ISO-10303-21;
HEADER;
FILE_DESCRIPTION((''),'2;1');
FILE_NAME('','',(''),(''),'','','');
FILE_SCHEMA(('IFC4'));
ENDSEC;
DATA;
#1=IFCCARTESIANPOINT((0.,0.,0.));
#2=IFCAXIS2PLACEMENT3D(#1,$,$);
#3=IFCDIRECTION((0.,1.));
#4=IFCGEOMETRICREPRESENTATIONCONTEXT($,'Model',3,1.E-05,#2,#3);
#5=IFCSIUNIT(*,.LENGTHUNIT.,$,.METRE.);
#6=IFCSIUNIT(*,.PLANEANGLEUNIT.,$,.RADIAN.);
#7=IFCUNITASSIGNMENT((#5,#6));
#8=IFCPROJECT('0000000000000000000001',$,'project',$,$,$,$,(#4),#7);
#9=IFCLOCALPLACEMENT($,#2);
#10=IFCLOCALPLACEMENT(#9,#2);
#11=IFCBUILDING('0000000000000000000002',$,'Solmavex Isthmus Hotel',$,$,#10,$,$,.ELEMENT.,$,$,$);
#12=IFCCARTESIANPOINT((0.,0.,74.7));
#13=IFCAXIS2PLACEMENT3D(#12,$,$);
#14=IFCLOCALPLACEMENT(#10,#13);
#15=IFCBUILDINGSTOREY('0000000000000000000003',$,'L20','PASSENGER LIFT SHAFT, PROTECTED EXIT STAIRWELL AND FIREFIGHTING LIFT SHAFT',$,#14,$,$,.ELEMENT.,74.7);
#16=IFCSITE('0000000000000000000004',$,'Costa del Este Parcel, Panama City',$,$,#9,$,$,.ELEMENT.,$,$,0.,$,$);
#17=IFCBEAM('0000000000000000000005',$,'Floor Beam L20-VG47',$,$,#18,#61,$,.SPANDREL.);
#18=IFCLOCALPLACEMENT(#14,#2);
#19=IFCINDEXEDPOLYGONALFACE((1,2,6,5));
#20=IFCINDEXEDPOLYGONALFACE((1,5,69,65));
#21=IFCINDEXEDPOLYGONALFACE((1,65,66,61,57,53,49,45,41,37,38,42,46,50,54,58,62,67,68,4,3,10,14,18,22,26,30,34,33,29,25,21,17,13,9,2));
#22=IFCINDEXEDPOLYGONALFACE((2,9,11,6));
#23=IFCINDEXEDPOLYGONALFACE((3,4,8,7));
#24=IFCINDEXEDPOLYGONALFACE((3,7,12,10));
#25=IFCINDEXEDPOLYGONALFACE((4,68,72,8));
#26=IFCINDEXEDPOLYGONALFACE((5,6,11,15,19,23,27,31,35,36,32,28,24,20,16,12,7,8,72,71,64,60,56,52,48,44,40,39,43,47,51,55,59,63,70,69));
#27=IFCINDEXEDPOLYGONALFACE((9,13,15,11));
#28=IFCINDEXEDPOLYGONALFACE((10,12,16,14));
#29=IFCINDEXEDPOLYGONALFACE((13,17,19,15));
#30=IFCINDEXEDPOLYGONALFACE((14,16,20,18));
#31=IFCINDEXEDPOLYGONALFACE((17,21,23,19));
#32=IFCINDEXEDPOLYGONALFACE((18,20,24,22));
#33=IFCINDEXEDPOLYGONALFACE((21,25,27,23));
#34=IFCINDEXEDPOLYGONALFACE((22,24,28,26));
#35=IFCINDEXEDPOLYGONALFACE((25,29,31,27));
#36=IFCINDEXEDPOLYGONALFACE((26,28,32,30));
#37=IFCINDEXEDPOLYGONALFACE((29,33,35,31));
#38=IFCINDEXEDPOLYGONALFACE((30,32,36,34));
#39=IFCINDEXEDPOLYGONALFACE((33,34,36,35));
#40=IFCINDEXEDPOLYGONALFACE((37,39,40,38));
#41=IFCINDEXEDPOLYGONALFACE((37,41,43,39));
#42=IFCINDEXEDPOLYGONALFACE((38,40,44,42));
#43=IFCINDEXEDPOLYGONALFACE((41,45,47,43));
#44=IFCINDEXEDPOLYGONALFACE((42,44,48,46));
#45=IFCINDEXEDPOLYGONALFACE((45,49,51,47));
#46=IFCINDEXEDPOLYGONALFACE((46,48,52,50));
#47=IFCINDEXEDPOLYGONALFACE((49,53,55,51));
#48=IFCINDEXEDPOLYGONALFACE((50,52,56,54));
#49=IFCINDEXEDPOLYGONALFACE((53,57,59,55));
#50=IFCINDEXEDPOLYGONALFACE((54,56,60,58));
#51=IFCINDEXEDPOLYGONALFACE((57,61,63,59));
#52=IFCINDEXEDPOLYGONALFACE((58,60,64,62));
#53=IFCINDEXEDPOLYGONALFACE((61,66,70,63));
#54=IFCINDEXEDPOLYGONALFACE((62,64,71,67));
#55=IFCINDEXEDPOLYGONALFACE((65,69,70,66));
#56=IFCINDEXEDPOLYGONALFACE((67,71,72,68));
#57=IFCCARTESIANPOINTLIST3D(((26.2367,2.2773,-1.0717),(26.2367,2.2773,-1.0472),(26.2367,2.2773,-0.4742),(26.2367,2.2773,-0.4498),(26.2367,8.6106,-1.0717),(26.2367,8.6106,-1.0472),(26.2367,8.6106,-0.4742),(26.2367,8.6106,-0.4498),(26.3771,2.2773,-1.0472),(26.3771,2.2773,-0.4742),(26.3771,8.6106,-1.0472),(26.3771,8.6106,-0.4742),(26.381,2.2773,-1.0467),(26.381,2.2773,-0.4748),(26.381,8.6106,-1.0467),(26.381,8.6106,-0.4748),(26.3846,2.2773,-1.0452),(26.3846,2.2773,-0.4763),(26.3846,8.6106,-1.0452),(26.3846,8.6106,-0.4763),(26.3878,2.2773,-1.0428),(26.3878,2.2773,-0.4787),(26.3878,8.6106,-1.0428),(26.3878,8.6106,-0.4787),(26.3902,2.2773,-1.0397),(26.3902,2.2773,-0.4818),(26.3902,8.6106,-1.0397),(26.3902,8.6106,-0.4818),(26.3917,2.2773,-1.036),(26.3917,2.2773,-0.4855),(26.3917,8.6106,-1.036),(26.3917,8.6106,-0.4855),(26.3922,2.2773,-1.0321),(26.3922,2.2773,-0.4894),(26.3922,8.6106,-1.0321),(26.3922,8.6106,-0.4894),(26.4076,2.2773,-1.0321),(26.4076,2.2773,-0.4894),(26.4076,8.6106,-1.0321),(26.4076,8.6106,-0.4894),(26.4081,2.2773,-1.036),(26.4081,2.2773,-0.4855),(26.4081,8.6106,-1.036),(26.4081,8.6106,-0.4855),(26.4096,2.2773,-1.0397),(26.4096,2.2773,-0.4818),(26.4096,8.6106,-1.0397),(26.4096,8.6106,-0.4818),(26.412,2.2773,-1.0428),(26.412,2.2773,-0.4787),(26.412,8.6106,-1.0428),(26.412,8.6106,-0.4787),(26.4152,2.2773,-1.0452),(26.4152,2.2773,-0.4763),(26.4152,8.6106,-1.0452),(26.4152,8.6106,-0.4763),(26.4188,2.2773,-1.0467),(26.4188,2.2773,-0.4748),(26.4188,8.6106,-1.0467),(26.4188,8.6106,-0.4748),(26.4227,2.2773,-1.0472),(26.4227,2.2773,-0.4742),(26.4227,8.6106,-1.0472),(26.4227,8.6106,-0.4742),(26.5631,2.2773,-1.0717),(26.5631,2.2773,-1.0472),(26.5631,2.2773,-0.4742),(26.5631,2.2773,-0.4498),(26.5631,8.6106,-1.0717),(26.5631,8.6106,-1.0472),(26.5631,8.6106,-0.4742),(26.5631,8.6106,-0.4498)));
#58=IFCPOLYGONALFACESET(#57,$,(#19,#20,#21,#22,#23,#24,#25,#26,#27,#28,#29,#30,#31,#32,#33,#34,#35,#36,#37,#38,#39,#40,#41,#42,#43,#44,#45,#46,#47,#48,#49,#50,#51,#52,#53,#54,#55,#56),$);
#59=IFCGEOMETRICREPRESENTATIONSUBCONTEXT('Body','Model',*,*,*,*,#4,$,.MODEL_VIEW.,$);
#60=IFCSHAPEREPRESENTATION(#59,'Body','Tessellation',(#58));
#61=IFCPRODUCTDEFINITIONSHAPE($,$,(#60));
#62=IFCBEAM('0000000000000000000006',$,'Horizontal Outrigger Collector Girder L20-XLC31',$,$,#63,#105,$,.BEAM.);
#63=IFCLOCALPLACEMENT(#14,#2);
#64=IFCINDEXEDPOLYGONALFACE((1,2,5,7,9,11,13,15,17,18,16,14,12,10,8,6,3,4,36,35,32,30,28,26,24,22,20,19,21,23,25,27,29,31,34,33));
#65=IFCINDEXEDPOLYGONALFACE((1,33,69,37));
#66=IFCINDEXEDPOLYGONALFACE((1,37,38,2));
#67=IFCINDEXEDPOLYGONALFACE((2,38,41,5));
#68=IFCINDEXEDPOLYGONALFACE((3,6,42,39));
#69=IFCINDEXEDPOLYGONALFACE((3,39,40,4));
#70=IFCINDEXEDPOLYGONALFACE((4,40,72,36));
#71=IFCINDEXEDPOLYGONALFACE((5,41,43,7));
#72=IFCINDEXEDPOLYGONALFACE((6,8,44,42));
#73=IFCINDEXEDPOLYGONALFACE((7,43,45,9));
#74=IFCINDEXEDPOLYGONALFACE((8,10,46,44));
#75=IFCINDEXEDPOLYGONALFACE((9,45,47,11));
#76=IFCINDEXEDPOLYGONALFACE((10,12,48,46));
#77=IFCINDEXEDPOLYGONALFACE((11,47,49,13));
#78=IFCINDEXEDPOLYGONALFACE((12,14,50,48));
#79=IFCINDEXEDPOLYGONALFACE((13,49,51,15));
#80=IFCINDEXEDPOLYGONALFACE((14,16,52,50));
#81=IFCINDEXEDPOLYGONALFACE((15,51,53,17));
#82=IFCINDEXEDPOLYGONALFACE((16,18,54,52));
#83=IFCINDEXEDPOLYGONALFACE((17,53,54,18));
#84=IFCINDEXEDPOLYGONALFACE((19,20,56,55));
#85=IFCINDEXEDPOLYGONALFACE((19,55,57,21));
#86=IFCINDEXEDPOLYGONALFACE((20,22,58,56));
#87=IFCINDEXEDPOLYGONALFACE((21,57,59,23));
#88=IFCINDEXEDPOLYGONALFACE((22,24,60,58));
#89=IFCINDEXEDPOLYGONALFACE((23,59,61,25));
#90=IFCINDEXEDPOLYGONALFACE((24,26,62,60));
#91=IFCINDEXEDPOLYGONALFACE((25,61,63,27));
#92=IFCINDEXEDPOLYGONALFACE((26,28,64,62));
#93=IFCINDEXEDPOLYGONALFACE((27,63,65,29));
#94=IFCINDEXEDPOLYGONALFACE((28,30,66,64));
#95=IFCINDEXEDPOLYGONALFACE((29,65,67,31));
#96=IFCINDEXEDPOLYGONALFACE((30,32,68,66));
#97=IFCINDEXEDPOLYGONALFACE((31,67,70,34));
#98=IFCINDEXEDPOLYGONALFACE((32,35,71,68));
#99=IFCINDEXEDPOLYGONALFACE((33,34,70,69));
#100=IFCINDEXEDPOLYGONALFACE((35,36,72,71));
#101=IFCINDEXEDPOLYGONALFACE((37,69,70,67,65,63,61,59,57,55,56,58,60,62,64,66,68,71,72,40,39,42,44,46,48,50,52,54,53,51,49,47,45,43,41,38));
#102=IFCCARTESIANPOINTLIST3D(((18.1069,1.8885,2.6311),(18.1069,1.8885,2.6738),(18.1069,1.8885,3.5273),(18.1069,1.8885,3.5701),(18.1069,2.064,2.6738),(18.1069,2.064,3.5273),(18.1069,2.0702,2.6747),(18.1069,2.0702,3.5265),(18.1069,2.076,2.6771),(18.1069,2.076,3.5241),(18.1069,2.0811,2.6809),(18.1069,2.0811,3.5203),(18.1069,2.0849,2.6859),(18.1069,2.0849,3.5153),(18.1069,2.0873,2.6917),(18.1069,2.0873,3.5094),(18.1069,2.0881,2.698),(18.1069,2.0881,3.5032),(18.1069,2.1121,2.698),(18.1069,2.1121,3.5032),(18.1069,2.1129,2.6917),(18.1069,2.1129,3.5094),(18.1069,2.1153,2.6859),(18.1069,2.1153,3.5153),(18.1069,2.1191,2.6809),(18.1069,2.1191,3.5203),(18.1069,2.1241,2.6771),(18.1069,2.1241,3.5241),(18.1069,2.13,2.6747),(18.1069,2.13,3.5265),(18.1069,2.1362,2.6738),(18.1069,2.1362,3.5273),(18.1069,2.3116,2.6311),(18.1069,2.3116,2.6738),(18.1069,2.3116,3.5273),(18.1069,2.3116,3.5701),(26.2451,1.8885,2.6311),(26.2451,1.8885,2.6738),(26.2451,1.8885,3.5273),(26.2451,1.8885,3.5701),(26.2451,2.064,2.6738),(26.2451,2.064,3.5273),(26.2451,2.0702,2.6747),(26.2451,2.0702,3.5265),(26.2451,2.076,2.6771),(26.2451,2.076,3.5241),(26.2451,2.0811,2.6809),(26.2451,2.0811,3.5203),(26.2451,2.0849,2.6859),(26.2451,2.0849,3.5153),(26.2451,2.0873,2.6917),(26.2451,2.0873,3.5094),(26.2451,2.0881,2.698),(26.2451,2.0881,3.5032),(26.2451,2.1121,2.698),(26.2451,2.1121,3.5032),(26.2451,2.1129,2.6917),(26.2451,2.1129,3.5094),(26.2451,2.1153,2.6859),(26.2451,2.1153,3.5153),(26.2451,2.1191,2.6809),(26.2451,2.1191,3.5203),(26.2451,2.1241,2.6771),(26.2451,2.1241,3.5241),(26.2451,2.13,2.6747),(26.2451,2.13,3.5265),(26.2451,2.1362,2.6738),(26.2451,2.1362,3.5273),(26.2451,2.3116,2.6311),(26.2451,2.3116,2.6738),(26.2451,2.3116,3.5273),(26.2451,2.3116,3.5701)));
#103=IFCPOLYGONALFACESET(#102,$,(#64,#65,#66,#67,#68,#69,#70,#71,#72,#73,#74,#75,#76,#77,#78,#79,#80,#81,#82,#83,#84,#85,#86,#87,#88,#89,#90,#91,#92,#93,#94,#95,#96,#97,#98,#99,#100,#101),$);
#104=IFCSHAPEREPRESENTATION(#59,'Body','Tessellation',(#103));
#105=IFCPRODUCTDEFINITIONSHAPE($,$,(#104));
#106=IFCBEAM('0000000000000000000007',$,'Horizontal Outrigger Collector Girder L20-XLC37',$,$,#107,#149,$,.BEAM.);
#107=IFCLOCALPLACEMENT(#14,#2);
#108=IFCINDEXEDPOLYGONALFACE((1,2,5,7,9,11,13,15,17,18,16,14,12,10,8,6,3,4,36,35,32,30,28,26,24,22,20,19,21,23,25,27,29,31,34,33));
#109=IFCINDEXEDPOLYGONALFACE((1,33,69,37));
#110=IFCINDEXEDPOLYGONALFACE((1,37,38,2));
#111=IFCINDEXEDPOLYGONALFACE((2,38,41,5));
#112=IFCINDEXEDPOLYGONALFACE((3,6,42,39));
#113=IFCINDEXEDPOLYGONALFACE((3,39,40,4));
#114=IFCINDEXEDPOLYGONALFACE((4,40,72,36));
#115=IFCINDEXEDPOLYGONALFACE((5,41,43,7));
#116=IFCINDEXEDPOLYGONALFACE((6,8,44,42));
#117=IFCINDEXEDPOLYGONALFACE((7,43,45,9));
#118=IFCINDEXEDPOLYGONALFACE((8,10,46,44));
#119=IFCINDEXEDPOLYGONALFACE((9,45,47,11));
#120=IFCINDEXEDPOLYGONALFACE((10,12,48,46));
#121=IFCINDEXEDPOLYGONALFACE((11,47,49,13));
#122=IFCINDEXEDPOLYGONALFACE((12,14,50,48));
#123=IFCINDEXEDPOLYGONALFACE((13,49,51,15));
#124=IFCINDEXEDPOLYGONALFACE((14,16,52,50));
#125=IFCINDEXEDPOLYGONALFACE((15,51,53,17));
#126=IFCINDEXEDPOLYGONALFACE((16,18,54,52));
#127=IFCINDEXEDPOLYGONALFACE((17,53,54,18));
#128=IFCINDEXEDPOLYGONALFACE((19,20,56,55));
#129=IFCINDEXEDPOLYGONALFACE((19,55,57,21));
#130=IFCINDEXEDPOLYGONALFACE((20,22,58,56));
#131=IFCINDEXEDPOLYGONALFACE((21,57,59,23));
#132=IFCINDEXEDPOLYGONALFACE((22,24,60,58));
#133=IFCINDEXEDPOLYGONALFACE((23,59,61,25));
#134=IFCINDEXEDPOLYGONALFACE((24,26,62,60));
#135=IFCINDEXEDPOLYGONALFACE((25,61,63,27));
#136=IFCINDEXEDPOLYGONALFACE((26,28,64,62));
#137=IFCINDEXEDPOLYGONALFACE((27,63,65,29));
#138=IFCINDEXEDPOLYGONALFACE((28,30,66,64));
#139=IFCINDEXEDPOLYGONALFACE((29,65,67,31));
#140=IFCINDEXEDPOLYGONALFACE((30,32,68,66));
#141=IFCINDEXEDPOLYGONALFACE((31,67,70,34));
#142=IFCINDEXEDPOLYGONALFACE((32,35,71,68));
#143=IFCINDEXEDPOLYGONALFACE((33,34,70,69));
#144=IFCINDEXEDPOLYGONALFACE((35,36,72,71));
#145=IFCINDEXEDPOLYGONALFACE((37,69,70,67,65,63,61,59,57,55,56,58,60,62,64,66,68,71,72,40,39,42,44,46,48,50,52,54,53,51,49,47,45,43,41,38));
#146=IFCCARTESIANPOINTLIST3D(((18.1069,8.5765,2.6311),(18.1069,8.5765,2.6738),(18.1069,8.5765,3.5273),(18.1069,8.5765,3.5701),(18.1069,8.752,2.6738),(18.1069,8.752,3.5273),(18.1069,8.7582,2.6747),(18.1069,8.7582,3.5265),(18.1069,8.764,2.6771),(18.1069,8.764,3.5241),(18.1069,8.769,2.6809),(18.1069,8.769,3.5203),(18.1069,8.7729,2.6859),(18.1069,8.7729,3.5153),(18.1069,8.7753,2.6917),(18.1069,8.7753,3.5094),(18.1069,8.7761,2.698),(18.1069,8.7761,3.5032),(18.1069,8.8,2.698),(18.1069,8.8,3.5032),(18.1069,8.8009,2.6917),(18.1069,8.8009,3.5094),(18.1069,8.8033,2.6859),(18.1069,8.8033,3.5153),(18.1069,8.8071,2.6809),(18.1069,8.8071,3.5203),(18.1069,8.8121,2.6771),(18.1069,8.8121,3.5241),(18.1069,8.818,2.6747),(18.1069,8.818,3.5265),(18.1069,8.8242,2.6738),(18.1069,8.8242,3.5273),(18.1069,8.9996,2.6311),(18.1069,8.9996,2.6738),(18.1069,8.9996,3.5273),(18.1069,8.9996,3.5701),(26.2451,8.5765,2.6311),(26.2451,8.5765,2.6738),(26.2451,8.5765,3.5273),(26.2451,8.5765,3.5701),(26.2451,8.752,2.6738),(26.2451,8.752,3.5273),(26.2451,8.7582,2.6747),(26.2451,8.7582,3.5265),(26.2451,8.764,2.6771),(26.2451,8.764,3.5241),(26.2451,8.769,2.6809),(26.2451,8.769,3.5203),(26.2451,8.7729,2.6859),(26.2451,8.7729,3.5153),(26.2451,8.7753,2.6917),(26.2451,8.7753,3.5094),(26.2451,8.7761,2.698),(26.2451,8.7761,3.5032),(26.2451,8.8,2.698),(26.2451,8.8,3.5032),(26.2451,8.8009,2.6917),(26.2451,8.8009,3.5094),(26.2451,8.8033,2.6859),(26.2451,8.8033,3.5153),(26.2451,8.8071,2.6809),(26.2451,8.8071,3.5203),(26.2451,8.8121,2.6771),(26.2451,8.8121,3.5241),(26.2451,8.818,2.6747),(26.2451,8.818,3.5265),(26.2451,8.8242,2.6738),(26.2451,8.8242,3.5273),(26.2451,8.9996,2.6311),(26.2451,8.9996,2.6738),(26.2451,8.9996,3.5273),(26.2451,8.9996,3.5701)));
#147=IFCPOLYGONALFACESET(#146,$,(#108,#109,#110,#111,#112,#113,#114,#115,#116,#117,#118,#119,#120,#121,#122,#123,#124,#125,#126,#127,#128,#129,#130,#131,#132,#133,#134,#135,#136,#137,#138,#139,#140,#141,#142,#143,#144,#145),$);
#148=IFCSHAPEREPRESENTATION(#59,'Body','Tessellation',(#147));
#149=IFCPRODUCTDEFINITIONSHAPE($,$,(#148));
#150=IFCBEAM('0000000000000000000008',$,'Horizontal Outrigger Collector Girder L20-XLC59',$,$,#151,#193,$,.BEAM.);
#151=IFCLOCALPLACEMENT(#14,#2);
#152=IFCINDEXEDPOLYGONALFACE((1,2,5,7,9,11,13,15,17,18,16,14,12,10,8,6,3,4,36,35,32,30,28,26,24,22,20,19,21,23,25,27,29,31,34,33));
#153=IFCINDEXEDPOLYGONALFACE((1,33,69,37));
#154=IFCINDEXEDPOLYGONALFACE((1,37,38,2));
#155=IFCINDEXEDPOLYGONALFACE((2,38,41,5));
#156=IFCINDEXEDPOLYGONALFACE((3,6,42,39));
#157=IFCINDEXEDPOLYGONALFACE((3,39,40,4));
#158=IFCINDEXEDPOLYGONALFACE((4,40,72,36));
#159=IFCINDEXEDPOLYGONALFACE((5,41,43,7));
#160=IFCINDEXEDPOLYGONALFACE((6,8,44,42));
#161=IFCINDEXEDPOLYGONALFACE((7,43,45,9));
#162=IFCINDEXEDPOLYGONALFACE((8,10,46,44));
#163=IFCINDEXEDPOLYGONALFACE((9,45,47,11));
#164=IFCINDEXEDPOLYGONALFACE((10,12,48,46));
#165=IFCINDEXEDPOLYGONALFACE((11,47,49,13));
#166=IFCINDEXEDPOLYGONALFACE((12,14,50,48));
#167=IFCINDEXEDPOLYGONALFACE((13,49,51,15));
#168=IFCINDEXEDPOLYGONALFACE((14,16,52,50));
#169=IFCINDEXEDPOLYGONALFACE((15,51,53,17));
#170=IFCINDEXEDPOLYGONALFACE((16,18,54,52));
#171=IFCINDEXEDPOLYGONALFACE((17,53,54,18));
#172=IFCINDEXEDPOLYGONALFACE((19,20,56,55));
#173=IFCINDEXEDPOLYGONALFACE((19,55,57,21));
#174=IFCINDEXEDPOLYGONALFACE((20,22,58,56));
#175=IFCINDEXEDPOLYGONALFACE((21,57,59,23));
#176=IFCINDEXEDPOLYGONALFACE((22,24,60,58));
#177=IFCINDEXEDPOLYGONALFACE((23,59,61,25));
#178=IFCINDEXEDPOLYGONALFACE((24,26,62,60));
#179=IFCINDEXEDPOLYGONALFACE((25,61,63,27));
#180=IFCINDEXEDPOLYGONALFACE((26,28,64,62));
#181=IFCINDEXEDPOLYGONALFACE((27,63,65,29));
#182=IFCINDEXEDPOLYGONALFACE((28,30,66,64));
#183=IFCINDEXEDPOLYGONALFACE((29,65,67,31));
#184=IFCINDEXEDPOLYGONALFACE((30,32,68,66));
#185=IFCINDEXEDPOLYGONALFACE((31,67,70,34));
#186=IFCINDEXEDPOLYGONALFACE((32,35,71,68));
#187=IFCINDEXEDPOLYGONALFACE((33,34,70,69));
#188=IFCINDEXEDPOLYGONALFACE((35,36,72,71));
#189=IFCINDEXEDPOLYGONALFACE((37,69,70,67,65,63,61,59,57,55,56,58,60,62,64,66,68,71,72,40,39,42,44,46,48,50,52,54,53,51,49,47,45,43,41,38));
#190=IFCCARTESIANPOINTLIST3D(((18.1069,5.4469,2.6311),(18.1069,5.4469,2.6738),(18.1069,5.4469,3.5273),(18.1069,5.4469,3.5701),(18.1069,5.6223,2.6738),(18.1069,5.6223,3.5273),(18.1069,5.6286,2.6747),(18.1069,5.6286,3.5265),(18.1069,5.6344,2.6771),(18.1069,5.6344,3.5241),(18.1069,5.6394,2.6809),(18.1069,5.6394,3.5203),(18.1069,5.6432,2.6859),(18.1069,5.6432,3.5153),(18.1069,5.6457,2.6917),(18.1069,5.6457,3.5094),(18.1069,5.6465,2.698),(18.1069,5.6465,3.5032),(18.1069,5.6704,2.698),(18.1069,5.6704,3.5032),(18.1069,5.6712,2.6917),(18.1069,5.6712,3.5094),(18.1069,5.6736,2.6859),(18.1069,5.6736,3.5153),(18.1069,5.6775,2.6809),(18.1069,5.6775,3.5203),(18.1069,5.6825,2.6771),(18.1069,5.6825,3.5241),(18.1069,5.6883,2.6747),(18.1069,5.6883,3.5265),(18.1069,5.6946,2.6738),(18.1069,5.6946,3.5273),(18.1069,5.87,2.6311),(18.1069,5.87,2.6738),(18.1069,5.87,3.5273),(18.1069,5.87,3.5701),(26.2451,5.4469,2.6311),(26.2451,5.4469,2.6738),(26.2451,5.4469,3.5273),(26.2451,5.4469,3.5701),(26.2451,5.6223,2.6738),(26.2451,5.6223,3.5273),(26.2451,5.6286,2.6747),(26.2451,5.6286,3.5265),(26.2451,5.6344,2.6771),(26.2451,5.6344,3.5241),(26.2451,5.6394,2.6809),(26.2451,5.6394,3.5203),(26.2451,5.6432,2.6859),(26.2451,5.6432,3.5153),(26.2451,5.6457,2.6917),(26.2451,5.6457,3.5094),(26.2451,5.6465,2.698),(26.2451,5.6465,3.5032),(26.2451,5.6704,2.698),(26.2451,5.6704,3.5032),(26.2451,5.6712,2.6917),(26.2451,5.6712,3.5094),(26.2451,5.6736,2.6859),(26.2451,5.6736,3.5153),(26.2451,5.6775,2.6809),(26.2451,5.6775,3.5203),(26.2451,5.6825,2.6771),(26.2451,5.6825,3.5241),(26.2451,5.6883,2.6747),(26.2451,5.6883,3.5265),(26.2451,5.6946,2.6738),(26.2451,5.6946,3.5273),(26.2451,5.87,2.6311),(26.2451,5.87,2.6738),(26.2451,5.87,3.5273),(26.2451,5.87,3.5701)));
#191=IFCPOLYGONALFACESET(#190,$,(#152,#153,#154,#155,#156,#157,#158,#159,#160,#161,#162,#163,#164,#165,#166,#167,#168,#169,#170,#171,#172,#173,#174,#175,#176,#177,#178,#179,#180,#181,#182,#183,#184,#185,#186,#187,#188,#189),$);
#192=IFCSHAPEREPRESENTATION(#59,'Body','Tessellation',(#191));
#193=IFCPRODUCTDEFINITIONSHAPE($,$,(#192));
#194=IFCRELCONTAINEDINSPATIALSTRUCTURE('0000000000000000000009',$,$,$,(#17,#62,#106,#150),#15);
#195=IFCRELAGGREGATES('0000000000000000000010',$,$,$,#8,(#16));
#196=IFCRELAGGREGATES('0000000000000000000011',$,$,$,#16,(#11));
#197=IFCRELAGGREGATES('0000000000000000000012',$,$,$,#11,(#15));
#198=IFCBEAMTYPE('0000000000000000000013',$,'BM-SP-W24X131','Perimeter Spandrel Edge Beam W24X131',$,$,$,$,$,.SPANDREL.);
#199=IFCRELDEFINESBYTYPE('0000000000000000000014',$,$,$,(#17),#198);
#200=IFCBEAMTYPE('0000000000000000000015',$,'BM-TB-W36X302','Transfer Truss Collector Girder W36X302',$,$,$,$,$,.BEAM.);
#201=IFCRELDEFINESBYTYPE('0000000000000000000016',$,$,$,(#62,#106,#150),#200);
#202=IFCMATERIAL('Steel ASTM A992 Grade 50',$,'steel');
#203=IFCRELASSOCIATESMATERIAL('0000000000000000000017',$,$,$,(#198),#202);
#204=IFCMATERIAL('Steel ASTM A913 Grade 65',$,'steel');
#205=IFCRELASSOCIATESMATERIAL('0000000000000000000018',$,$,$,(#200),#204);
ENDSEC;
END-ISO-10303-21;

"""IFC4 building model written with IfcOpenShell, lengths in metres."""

from ifc_helpers import new_model, si_unit, direction, frame, origin, origin_2d, place, context, subcontext, project, spatial, i_section, extrude, material, material_profile, profile_set, type_object, element, save


model = new_model("IFC4")

# Units and contexts
model_context = context("Model", 3, precision=1e-05, world=origin(), true_north=direction((0.0, 1.0)))
body_context = subcontext(model_context, "Body", "Model", "MODEL_VIEW")
ifc_project = project(units=[si_unit("LENGTHUNIT", "METRE"), si_unit("PLANEANGLEUNIT", "RADIAN")], contexts=[model_context])

# Site, building, storey
site_placement = place(None, origin())
site = spatial("IfcSite", under=ifc_project, at=site_placement, Name="Costa del Este Parcel, Panama City", CompositionType="ELEMENT", RefElevation=0.0)
building_placement = place(site_placement, origin())
building = spatial("IfcBuilding", under=site, at=building_placement, Name="Solmavex Isthmus Hotel", CompositionType="ELEMENT")
storey_placement = place(building_placement, frame((0.0, 0.0, 74.7)))
storey = spatial("IfcBuildingStorey", under=building, at=storey_placement, Name="L20", Description="PASSENGER LIFT SHAFT, PROTECTED EXIT STAIRWELL AND FIREFIGHTING LIFT SHAFT", CompositionType="ELEMENT", Elevation=74.7)

# Shared definitions
ifc_material_1 = material(Name="Steel ASTM A913 Grade 65", Category="steel")

# Beams
ifc_material_2 = material(Name="Steel ASTM A992 Grade 50", Category="steel")
ifc_material_profile_1 = material_profile(ifc_material_2, i_section(OverallWidth=0.3264, OverallDepth=0.6218, WebThickness=0.0154, FlangeThickness=0.0244, FilletRadius=0.0151, at=origin_2d()), Name="W24X131")
ifc_profile_set_1 = profile_set([ifc_material_profile_1], Name="Steel ASTM A992 Grade 50")
beam_type_1 = type_object("IfcBeamType", Name="BM-SP-W24X131", Description="Perimeter Spandrel Edge Beam W24X131", PredefinedType="SPANDREL", material=ifc_profile_set_1)
beam_1_placement = place(storey_placement, frame((26.3999, 2.2773, -0.7607), z_axis=(0.0, 1.0, 0.0), x_axis=(-1.0, 0.0, 0.0)))
element("IfcBeam", 1, at=beam_1_placement, inside=storey, type_object=beam_type_1, Name="Floor Beam L20-VG47", PredefinedType="SPANDREL", context=body_context, shape_type="SweptSolid", body=[
    extrude(i_section(OverallWidth=0.3264, OverallDepth=0.6218, WebThickness=0.0154, FlangeThickness=0.0244, FilletRadius=0.0151, at=origin_2d()), origin(), (0.0, 0.0, 1.0), 6.3333),
])
ifc_material_profile_2 = material_profile(ifc_material_1, i_section(OverallWidth=0.4231, OverallDepth=0.939, WebThickness=0.0239, FlangeThickness=0.0427, FilletRadius=0.0242, at=origin_2d()), Name="W36X302")
ifc_profile_set_2 = profile_set([ifc_material_profile_2], Name="Steel ASTM A913 Grade 65")
beam_type_2 = type_object("IfcBeamType", Name="BM-TB-W36X302", Description="Transfer Truss Collector Girder W36X302", PredefinedType="BEAM", material=ifc_profile_set_2)
for number, where, z_axis, x_axis, name in (
    (2, (18.1069, 2.1001, 3.1006), (1.0, 0.0, 0.0), (0.0, 1.0, 0.0), "Horizontal Outrigger Collector Girder L20-XLC31"),
    (3, (18.1069, 8.7881, 3.1006), (1.0, 0.0, 0.0), (0.0, 1.0, 0.0), "Horizontal Outrigger Collector Girder L20-XLC37"),
    (4, (18.1069, 5.6584, 3.1006), (1.0, 0.0, 0.0), (0.0, 1.0, 0.0), "Horizontal Outrigger Collector Girder L20-XLC59"),
):
    element("IfcBeam", number, at=place(storey_placement, frame(where, z_axis=z_axis, x_axis=x_axis)), inside=storey, type_object=beam_type_2, Name=name, PredefinedType="BEAM", context=body_context, shape_type="SweptSolid", body=[
        extrude(i_section(OverallWidth=0.4231, OverallDepth=0.939, WebThickness=0.0239, FlangeThickness=0.0427, FilletRadius=0.0242, at=origin_2d()), origin(), (0.0, 0.0, 1.0), 8.1382),
    ])

save(model, "model.ifc")
